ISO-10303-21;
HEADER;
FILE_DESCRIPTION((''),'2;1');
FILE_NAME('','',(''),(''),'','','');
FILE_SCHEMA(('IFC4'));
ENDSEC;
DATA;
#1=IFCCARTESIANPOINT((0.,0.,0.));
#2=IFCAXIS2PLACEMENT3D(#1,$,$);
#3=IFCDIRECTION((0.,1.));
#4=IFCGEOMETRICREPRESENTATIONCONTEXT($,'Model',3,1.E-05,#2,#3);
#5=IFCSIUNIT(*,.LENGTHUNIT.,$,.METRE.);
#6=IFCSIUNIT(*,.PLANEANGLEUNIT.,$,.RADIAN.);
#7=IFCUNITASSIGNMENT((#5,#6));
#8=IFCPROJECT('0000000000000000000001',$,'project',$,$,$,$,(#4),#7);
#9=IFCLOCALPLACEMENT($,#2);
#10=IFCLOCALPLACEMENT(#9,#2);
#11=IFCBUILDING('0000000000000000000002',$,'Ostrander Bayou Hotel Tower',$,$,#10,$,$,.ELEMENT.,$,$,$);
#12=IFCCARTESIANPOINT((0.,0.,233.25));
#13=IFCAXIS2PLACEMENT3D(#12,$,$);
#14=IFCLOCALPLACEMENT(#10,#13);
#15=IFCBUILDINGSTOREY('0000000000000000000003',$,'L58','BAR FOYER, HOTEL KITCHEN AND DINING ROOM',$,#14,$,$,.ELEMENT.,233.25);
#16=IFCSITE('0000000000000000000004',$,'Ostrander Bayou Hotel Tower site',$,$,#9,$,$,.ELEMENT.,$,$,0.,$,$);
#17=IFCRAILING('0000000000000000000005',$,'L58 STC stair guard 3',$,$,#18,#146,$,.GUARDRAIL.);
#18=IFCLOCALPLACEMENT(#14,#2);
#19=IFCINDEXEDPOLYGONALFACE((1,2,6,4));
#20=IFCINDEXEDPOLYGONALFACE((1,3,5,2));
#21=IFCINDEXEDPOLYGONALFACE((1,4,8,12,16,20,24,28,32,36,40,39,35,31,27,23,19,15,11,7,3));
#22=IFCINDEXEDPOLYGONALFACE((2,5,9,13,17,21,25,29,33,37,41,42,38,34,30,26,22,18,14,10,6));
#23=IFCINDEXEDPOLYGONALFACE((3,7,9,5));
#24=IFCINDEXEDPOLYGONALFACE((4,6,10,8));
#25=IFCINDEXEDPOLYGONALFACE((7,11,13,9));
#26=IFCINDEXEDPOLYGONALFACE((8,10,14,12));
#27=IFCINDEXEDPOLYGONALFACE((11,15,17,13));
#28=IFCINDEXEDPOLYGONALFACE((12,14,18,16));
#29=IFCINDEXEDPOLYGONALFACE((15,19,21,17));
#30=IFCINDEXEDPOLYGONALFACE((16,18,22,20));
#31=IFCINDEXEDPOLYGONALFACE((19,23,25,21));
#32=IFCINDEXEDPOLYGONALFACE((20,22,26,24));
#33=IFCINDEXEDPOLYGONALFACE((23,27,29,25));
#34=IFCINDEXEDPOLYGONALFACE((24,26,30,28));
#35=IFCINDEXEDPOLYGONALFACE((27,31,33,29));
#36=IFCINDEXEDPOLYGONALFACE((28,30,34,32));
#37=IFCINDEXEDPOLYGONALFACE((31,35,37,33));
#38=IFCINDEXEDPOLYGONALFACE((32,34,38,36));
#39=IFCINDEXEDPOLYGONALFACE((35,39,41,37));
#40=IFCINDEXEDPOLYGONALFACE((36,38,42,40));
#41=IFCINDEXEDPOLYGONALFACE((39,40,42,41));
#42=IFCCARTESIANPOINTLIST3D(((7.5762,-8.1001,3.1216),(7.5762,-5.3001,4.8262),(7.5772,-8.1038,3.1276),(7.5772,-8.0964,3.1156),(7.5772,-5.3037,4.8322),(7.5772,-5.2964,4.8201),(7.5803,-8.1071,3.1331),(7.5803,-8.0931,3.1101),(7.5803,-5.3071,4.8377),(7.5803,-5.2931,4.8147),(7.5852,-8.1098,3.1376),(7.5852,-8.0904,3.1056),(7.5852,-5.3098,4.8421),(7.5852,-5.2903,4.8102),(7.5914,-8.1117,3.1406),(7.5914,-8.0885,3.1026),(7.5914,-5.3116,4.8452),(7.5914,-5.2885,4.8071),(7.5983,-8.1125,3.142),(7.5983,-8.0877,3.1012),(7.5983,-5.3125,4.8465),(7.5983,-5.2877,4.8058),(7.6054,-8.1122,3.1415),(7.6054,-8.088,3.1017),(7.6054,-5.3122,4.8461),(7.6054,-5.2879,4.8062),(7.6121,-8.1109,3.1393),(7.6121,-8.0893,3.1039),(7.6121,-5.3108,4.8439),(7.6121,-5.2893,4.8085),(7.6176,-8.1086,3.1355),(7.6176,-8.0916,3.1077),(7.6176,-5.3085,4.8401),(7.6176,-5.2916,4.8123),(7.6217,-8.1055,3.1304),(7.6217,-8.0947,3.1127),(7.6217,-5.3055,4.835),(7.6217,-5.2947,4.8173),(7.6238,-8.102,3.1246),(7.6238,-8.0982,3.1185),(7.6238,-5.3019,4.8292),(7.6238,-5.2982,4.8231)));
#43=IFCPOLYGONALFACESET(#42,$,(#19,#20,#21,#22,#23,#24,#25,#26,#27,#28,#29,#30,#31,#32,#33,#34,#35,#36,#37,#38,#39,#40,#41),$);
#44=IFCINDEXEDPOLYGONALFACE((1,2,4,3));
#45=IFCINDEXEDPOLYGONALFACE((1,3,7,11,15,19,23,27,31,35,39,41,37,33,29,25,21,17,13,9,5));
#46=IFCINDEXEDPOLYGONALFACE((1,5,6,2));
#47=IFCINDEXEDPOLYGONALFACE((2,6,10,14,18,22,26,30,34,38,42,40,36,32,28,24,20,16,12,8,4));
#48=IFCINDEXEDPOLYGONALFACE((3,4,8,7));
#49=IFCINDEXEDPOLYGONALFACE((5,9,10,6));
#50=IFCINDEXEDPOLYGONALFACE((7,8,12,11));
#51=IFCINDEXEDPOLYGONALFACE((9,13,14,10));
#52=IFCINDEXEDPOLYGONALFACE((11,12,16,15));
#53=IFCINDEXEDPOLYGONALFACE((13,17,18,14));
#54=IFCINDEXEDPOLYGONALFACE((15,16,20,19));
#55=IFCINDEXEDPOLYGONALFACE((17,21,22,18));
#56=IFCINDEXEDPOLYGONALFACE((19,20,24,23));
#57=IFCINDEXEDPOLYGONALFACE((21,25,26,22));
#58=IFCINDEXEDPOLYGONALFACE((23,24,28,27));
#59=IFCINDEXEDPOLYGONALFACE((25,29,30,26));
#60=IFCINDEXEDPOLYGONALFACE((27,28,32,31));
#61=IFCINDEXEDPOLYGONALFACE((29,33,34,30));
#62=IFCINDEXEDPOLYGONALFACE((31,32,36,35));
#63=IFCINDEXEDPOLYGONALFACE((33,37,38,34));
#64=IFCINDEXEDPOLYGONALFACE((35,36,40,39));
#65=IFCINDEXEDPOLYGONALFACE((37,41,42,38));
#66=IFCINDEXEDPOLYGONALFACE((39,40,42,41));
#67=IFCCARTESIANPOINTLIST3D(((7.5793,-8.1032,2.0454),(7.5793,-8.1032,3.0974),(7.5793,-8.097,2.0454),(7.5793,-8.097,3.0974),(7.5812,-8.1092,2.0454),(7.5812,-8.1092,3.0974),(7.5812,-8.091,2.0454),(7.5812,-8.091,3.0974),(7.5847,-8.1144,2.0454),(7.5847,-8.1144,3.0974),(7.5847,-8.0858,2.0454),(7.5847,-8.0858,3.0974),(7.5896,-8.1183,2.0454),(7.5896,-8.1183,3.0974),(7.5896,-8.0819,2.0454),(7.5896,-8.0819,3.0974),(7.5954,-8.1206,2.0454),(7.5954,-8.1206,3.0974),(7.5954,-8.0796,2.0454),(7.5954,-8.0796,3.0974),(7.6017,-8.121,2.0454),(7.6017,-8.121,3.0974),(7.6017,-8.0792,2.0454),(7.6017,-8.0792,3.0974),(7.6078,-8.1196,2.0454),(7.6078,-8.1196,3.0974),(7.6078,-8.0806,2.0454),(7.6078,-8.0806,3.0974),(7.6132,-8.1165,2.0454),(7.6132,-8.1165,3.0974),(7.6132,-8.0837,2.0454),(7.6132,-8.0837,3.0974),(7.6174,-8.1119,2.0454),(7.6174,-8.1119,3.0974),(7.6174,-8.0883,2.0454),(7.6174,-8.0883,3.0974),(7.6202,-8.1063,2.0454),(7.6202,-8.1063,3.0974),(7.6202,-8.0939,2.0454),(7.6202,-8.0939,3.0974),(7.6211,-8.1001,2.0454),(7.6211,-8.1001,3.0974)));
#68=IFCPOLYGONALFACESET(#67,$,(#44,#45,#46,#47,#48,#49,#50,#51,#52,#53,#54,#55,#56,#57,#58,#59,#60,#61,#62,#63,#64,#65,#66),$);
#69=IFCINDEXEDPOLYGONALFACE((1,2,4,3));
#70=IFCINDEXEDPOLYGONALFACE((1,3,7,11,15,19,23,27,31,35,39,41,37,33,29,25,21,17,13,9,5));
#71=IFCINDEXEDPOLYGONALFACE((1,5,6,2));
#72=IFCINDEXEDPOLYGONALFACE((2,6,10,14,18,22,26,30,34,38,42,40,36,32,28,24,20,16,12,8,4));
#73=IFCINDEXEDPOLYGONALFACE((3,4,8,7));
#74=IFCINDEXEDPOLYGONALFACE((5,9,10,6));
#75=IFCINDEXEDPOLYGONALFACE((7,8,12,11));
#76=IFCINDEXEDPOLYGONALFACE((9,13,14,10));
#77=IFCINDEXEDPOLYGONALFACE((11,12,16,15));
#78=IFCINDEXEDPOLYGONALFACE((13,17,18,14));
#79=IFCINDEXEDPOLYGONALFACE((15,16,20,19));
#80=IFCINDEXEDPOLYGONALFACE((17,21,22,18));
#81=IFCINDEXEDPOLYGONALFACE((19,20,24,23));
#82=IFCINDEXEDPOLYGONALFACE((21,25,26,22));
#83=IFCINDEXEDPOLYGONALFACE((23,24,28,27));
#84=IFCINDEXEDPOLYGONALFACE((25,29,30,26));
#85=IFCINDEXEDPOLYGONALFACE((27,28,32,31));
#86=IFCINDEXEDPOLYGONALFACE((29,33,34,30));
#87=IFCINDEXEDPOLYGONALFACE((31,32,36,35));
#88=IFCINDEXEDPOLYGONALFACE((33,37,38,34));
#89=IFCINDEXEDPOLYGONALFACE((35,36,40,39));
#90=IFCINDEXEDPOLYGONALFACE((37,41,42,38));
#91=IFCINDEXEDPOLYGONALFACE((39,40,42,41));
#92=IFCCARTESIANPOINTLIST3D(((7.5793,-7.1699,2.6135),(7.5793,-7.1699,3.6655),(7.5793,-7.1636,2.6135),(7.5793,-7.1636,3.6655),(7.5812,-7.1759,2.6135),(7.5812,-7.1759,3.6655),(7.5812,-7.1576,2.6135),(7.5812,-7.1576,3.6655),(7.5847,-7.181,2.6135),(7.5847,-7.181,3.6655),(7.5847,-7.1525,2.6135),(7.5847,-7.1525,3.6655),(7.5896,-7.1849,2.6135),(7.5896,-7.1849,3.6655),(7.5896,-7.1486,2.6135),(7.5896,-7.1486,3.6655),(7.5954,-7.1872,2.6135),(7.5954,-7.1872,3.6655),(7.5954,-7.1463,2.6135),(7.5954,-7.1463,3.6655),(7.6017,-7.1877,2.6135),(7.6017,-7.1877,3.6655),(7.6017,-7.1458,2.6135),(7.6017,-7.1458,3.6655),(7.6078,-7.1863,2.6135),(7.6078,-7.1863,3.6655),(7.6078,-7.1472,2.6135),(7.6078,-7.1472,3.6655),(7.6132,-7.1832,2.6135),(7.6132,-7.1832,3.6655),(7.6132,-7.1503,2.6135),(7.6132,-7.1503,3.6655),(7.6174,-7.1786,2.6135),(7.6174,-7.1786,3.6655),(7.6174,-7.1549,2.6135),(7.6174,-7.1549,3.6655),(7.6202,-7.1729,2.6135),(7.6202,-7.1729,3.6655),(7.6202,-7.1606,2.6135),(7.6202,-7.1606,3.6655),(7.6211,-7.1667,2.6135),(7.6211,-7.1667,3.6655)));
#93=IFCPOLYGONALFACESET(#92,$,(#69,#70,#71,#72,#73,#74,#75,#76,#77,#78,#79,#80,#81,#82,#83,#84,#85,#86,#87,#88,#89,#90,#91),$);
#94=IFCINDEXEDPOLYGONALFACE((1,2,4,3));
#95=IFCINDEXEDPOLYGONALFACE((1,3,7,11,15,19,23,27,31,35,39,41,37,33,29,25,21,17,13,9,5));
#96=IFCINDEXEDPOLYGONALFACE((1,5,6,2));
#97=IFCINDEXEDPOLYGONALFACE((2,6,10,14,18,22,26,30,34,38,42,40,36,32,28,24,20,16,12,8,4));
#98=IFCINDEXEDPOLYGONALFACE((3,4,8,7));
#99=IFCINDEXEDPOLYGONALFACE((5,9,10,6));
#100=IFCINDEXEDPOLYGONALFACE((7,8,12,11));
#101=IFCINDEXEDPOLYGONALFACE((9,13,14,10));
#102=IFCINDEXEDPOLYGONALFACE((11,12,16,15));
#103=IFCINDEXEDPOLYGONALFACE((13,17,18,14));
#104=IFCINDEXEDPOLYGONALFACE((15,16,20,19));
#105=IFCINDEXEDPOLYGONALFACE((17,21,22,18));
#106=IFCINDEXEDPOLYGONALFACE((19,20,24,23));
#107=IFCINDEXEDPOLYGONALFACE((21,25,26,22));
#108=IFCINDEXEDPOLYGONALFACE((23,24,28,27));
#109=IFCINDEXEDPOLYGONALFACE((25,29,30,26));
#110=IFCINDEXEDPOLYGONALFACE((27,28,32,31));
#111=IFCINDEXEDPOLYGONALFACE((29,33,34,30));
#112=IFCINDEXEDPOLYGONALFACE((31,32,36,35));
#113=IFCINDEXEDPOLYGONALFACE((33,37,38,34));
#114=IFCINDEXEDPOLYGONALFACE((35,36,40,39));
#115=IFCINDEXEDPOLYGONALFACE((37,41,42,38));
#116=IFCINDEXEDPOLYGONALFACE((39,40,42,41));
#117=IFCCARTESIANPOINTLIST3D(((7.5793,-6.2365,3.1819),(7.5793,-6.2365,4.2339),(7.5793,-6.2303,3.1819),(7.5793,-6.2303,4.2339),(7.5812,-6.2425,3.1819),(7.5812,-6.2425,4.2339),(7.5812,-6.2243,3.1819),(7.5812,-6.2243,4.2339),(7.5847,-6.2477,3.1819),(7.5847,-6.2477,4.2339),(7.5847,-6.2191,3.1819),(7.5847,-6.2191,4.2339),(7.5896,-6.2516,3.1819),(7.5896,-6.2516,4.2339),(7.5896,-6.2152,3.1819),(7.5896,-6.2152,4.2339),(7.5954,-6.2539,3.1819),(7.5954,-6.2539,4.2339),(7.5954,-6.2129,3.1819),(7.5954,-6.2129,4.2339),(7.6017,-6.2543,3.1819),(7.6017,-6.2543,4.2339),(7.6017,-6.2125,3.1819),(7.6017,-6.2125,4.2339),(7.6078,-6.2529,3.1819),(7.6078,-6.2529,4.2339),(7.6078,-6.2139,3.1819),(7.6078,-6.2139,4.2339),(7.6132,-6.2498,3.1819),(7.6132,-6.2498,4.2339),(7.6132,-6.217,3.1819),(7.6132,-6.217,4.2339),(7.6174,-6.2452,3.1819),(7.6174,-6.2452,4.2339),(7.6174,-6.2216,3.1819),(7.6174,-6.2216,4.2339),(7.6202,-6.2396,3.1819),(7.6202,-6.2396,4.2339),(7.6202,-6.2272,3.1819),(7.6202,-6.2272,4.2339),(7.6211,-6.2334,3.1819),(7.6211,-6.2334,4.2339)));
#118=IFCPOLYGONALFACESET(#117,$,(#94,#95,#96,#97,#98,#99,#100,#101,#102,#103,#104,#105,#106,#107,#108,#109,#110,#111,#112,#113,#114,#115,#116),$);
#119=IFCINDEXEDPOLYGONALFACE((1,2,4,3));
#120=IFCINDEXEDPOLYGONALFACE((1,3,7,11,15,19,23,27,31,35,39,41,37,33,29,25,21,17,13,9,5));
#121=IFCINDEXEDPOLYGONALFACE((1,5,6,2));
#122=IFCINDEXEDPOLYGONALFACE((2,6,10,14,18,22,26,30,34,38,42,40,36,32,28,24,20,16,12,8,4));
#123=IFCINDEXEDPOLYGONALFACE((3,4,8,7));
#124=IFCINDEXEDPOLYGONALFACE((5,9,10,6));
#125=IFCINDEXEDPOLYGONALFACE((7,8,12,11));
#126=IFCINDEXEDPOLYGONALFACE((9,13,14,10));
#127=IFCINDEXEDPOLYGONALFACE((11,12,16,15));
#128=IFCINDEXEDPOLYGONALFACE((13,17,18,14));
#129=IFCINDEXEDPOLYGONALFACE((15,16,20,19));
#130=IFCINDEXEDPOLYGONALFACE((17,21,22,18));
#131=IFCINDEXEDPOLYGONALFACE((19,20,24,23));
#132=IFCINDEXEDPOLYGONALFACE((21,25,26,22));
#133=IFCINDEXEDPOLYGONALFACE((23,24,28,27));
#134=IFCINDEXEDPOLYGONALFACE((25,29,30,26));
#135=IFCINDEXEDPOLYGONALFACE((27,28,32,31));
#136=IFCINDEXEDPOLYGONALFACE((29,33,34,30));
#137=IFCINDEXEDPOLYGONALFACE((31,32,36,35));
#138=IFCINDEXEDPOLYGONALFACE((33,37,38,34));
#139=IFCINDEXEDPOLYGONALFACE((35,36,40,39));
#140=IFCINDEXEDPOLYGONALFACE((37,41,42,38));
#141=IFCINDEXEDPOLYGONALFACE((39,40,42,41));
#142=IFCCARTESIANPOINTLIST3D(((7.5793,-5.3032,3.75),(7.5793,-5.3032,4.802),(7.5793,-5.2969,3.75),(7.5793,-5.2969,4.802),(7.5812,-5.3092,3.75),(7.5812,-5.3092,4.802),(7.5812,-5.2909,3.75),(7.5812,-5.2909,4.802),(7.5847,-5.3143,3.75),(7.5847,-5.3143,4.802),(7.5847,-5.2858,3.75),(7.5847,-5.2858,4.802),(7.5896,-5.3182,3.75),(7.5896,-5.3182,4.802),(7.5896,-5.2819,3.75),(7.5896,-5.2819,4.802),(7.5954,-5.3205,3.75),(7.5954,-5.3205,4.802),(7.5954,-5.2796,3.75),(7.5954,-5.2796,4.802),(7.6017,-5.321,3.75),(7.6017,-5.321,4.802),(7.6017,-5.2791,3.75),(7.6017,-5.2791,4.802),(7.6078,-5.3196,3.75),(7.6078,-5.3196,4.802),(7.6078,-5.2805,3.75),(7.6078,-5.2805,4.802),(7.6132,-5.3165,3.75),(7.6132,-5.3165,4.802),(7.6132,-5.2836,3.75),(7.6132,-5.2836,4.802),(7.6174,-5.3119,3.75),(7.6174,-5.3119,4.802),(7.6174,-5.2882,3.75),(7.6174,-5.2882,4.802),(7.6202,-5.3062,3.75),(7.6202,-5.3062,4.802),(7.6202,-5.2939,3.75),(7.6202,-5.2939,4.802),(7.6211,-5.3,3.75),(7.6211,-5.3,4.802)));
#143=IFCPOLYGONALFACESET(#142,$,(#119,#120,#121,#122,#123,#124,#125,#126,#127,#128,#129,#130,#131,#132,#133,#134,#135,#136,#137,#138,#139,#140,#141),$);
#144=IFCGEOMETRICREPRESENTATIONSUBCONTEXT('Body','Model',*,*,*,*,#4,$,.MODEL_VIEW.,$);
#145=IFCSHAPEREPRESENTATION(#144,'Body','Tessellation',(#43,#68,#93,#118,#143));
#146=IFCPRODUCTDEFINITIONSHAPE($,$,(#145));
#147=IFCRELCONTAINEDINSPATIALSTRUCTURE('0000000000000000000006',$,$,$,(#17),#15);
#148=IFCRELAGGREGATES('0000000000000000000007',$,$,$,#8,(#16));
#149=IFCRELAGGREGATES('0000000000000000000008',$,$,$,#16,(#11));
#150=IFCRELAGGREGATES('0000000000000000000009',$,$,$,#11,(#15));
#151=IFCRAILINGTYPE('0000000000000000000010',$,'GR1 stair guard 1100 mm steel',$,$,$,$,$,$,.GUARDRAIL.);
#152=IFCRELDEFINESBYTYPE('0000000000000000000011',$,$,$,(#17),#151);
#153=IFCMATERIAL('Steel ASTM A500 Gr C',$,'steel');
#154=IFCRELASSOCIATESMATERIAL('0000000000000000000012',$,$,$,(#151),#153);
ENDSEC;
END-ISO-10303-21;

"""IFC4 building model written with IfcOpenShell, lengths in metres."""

from ifc_helpers import new_model, si_unit, direction, frame, origin, origin_2d, place, context, subcontext, project, spatial, circle, extrude, material, type_object, element, save


model = new_model("IFC4")

# Units and contexts
model_context = context("Model", 3, precision=1e-05, world=origin(), true_north=direction((0.0, 1.0)))
body_context = subcontext(model_context, "Body", "Model", "MODEL_VIEW")
ifc_project = project(units=[si_unit("LENGTHUNIT", "METRE"), si_unit("PLANEANGLEUNIT", "RADIAN")], contexts=[model_context])

# Site, building, storey
site_placement = place(None, origin())
site = spatial("IfcSite", under=ifc_project, at=site_placement, Name="Ostrander Bayou Hotel Tower site", CompositionType="ELEMENT", RefElevation=0.0)
building_placement = place(site_placement, origin())
building = spatial("IfcBuilding", under=site, at=building_placement, Name="Ostrander Bayou Hotel Tower", CompositionType="ELEMENT")
storey_placement = place(building_placement, frame((0.0, 0.0, 233.25)))
storey = spatial("IfcBuildingStorey", under=building, at=storey_placement, Name="L58", Description="BAR FOYER, HOTEL KITCHEN AND DINING ROOM", CompositionType="ELEMENT", Elevation=233.25)

# Railing
ifc_material_1 = material(Name="Steel ASTM A500 Gr C", Category="steel")
railing_type_1 = type_object("IfcRailingType", Name="GR1 stair guard 1100 mm steel", PredefinedType="GUARDRAIL", material=ifc_material_1)
railing_1_placement = place(storey_placement, frame((7.6001, -8.1001, 2.0454)))
element("IfcRailing", 1, at=railing_1_placement, inside=storey, type_object=railing_type_1, Name="L58 STC stair guard 3", PredefinedType="GUARDRAIL", context=body_context, shape_type="SweptSolid", body=[
    extrude(circle(Radius=0.0239, at=origin_2d()), frame((0.0, 0.0, 1.0762), z_axis=(0.0, 0.85417, 0.519994), x_axis=(-1.0, 0.0, 0.0)), (0.0, 0.0, 1.0), 3.2781),
    extrude(circle(Radius=0.021, at=origin_2d()), origin(), (0.0, 0.0, 1.0), 1.052),
    extrude(circle(Radius=0.021, at=origin_2d()), frame((0.0, 0.9333, 0.5681)), (0.0, 0.0, 1.0), 1.052),
    extrude(circle(Radius=0.021, at=origin_2d()), frame((0.0, 1.8667, 1.1365)), (0.0, 0.0, 1.0), 1.052),
    extrude(circle(Radius=0.021, at=origin_2d()), frame((0.0, 2.8, 1.7046)), (0.0, 0.0, 1.0), 1.052),
])

save(model, "model.ifc")
